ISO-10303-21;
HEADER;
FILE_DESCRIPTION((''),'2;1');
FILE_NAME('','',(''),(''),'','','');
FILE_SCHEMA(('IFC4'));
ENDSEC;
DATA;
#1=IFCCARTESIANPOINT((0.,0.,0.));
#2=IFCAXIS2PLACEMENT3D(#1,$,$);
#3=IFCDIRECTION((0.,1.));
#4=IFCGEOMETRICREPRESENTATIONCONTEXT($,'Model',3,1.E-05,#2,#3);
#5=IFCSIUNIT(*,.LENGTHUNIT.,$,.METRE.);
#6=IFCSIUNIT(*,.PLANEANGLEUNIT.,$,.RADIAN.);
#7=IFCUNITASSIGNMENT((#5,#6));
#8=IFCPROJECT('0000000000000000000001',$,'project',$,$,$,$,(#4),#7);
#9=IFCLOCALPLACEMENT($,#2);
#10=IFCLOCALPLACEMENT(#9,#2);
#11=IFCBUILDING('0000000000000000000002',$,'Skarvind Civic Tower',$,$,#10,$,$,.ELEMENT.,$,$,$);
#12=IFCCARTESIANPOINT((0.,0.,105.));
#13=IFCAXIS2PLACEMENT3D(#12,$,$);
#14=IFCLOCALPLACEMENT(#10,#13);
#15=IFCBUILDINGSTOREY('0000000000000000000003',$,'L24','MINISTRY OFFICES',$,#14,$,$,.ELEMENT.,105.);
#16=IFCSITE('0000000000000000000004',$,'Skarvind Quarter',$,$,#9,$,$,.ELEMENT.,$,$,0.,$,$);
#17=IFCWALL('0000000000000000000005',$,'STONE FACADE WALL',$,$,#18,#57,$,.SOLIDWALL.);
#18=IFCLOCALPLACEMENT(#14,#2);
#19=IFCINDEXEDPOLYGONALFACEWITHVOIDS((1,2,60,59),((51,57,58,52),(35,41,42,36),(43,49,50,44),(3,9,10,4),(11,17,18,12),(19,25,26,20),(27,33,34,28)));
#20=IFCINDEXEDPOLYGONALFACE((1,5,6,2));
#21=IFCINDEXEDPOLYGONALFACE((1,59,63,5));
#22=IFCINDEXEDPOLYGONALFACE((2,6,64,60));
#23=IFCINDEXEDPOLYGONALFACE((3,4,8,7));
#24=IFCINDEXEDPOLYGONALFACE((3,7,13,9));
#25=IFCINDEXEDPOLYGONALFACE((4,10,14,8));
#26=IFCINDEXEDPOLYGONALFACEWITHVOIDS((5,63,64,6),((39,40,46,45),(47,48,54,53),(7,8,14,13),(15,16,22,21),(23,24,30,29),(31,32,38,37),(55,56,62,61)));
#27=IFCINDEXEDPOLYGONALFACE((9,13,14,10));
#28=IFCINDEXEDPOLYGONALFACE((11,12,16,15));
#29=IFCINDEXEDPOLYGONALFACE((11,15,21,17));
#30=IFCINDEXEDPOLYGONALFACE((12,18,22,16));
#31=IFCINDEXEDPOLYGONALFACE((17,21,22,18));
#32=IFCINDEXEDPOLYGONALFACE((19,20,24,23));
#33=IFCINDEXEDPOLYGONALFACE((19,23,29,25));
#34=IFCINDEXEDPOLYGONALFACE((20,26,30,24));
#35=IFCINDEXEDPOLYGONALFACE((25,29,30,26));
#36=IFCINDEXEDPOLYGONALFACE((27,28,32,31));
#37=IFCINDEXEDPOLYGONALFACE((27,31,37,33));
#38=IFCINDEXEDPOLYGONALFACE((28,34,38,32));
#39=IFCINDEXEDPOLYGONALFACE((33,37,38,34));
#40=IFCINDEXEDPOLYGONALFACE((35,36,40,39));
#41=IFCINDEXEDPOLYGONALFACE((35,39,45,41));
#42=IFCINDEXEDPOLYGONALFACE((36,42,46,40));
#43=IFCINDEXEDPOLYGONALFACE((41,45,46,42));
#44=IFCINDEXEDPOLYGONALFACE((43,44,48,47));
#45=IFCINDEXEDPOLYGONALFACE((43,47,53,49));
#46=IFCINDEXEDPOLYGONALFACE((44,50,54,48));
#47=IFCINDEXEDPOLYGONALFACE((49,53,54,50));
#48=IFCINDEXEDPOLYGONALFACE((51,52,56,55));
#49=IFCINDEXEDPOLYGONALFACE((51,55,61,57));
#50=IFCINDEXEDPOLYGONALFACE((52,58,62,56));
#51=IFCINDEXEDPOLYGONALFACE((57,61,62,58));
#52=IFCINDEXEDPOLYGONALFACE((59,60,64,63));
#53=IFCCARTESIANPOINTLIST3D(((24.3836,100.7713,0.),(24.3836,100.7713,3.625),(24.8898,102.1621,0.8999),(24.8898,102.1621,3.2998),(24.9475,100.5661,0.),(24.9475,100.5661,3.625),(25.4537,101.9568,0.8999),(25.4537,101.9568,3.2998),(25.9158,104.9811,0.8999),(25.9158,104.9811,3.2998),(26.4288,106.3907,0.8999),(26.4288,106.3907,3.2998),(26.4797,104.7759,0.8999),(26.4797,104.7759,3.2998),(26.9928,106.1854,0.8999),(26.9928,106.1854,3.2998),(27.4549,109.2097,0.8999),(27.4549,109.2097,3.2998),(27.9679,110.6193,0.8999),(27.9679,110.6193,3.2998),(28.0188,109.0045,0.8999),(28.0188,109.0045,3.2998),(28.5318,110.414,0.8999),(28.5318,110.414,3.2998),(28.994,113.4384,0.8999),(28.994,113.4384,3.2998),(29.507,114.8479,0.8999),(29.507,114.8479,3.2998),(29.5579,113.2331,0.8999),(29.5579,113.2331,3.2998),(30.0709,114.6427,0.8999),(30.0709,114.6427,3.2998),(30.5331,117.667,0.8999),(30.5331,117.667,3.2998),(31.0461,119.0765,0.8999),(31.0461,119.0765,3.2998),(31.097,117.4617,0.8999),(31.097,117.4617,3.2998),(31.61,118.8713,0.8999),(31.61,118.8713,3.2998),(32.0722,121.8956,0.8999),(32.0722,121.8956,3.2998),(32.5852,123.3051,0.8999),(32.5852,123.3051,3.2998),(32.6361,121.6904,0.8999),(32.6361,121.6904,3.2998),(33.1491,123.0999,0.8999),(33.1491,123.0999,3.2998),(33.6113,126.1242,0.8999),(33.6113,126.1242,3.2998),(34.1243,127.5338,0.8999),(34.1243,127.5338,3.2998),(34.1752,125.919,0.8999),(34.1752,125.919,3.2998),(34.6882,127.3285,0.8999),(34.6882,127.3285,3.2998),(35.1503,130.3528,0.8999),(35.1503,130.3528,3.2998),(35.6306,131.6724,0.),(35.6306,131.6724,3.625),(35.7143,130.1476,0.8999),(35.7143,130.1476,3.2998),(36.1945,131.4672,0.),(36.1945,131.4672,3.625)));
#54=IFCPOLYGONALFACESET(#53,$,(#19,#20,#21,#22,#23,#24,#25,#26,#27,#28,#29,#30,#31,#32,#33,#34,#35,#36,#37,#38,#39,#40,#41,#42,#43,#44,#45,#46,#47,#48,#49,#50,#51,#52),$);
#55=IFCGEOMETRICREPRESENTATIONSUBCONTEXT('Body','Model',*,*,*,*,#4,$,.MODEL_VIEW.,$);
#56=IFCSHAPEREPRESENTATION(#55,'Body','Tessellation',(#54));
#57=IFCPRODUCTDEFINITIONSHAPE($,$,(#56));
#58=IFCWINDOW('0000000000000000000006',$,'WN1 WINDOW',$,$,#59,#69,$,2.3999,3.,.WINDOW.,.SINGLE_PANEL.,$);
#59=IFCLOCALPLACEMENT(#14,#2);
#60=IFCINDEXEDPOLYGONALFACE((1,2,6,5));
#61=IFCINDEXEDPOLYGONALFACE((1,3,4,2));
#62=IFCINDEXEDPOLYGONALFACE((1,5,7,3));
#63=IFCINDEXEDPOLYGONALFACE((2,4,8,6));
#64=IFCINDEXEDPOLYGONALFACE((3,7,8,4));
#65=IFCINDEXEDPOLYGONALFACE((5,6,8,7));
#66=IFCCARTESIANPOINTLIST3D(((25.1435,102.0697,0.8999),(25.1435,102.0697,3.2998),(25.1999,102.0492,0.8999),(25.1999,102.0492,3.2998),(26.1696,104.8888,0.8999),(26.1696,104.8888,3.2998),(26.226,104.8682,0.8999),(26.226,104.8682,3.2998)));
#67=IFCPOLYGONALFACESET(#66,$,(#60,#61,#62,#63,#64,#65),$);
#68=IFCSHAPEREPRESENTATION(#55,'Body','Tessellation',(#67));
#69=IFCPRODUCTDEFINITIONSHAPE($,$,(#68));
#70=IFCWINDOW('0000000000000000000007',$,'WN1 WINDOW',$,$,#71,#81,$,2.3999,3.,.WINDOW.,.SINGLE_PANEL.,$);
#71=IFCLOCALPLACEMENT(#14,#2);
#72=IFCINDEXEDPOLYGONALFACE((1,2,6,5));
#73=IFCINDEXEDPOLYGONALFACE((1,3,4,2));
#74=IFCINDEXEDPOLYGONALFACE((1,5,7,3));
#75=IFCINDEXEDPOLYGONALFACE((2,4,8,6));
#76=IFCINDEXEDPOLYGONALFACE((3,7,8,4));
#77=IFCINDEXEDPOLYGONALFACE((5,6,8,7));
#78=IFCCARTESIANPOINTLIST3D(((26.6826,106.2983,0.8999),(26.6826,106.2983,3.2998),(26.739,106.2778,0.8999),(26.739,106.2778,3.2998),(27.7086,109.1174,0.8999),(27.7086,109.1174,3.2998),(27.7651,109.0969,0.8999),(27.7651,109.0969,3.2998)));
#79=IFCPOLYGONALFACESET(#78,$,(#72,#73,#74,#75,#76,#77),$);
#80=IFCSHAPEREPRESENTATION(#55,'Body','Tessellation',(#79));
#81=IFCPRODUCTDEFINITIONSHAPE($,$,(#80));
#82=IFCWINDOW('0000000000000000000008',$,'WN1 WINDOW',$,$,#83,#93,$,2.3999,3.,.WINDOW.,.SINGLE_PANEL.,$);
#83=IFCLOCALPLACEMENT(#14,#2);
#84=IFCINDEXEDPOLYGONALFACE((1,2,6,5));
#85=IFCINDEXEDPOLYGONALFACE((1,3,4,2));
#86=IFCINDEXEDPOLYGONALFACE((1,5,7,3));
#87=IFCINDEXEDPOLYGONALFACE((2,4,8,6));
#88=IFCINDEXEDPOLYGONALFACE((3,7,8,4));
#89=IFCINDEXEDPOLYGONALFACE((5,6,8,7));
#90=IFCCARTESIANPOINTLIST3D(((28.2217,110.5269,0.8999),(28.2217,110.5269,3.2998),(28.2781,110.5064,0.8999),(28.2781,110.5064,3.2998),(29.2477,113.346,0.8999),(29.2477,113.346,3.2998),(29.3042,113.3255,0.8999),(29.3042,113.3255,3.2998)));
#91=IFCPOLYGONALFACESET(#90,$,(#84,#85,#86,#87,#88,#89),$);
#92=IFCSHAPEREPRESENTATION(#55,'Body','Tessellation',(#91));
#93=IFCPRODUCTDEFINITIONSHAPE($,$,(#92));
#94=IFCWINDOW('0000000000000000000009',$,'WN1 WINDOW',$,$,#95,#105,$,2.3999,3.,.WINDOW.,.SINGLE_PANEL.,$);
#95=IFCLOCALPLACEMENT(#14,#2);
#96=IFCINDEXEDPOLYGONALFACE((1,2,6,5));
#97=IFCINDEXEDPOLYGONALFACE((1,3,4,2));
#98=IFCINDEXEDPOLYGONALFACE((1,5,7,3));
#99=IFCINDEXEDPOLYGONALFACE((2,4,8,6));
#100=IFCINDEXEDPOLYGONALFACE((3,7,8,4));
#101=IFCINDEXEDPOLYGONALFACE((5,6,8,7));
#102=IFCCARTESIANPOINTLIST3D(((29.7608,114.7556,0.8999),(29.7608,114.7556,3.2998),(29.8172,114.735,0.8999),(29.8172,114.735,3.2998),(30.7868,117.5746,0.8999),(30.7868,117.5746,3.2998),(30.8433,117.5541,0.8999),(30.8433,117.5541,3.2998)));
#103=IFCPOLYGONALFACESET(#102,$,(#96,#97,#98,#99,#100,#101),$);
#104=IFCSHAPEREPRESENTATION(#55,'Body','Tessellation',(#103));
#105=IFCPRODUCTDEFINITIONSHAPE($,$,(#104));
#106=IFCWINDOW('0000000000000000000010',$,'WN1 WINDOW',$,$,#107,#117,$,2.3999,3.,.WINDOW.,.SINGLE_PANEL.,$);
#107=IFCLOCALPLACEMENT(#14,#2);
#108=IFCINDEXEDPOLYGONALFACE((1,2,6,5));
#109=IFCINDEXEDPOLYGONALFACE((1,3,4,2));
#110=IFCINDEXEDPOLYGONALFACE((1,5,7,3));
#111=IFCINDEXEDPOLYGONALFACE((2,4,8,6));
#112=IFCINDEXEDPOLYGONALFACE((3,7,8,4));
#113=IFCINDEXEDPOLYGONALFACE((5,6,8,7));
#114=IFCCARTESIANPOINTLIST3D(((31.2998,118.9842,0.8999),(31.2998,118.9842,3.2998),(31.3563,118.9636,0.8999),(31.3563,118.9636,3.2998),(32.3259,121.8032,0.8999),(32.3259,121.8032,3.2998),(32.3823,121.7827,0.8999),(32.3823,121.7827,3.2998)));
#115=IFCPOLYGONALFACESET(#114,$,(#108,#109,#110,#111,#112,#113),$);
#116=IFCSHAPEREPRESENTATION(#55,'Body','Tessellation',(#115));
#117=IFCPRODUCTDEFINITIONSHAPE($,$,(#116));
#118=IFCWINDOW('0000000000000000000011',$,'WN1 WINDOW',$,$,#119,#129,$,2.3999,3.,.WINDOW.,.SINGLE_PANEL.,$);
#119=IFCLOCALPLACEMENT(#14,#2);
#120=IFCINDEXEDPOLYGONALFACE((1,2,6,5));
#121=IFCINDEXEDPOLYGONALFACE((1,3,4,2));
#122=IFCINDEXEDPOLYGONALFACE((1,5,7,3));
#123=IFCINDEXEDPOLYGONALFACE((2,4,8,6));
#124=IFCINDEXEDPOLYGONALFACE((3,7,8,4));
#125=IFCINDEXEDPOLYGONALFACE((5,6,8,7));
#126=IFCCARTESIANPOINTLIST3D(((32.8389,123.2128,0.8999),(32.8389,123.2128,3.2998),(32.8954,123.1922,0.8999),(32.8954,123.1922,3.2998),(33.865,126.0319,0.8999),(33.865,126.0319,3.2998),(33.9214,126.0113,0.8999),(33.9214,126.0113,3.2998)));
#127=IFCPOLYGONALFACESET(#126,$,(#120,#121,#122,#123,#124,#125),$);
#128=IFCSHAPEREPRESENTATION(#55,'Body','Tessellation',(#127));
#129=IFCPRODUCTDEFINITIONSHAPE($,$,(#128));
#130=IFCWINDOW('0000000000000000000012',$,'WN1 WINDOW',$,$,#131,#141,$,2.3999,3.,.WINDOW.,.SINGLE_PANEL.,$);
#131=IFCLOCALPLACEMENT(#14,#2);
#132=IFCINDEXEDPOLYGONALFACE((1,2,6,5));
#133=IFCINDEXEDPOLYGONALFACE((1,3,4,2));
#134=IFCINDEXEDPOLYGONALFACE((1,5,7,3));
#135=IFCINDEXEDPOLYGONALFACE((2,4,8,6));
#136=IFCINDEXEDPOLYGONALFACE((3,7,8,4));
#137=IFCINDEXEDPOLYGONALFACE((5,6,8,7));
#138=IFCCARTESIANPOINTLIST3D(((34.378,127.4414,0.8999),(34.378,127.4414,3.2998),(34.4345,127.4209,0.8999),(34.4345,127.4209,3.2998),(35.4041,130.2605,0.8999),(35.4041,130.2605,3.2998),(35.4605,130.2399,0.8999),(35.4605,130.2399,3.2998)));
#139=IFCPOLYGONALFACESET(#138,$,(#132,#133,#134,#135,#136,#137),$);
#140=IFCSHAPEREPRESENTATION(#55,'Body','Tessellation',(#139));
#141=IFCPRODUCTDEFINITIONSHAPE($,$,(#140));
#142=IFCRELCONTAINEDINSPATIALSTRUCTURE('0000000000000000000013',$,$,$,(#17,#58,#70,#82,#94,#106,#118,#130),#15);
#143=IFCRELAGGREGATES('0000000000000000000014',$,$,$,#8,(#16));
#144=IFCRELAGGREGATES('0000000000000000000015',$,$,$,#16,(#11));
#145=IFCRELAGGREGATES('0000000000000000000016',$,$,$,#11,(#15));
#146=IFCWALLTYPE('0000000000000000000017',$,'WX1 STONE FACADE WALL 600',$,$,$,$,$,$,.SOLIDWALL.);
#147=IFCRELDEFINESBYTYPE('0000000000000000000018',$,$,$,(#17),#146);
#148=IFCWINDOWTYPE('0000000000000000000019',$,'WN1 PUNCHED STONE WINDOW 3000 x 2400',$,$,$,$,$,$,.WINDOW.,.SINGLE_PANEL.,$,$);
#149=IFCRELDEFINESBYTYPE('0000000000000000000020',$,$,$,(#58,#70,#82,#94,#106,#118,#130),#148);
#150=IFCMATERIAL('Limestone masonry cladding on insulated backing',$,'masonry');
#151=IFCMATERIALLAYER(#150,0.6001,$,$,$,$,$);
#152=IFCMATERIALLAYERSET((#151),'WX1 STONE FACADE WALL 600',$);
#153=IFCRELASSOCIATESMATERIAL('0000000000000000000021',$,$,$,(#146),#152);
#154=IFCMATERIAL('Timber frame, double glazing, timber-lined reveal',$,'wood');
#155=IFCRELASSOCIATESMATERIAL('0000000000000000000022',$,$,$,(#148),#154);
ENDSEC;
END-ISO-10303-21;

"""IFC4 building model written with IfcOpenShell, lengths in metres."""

from ifc_helpers import new_model, si_unit, direction, frame, frame_2d, origin, place, context, subcontext, project, spatial, rectangle, extrude, material, layer, layer_set, type_object, element, fill, save


model = new_model("IFC4")

# Units and contexts
model_context = context("Model", 3, precision=1e-05, world=origin(), true_north=direction((0.0, 1.0)))
body_context = subcontext(model_context, "Body", "Model", "MODEL_VIEW")
ifc_project = project(units=[si_unit("LENGTHUNIT", "METRE"), si_unit("PLANEANGLEUNIT", "RADIAN")], contexts=[model_context])

# Site, building, storey
site_placement = place(None, origin())
site = spatial("IfcSite", under=ifc_project, at=site_placement, Name="Skarvind Quarter", CompositionType="ELEMENT", RefElevation=0.0)
building_placement = place(site_placement, origin())
building = spatial("IfcBuilding", under=site, at=building_placement, Name="Skarvind Civic Tower", CompositionType="ELEMENT")
storey_placement = place(building_placement, frame((0.0, 0.0, 105.0)))
storey = spatial("IfcBuildingStorey", under=building, at=storey_placement, Name="L24", Description="MINISTRY OFFICES", CompositionType="ELEMENT", Elevation=105.0)

# Wall, openings, windows
ifc_material_1 = material(Name="Limestone masonry cladding on insulated backing", Category="masonry")
ifc_layer_1 = layer(ifc_material_1, 0.6001)
ifc_layer_set_1 = layer_set([ifc_layer_1], Name="WX1 STONE FACADE WALL 600")
wall_type_1 = type_object("IfcWallType", Name="WX1 STONE FACADE WALL 600", PredefinedType="SOLIDWALL", material=ifc_layer_set_1)
wall_1_placement = place(storey_placement, frame((24.6655, 100.6687, 0.0), z_axis=(0.0, 0.0, 1.0), x_axis=(0.34202, 0.939693, 0.0)))
wall_1 = element("IfcWall", 1, at=wall_1_placement, inside=storey, type_object=wall_type_1, Name="STONE FACADE WALL", PredefinedType="SOLIDWALL", context=body_context, shape_type="SweptSolid", body=[
    extrude(rectangle(XDim=32.8843, YDim=0.6001, at=frame_2d((16.4421, 0.0))), origin(), (0.0, 0.0, 1.0), 3.625),
])
opening_1_placement = place(wall_1_placement, frame((1.48, 0.0, 0.8999)))
opening_1 = element("IfcOpeningElement", 2, at=opening_1_placement, cuts=wall_1, PredefinedType="OPENING", context=body_context, shape_type="SweptSolid", body=[
    extrude(rectangle(XDim=3.0, YDim=2.3999, at=frame_2d((1.5, 1.2))), frame((0.0, 0.3101, 0.0), z_axis=(0.0, -1.0, 0.0), x_axis=(1.0, 0.0, 0.0)), (0.0, 0.0, 1.0), 0.6201),
])
opening_2_placement = place(wall_1_placement, frame((5.98, 0.0, 0.8999)))
opening_2 = element("IfcOpeningElement", 3, at=opening_2_placement, cuts=wall_1, PredefinedType="OPENING", context=body_context, shape_type="SweptSolid", body=[
    extrude(rectangle(XDim=3.0, YDim=2.3999, at=frame_2d((1.5, 1.2))), frame((0.0, 0.3101, 0.0), z_axis=(0.0, -1.0, 0.0), x_axis=(1.0, 0.0, 0.0)), (0.0, 0.0, 1.0), 0.6201),
])
opening_3_placement = place(wall_1_placement, frame((10.48, 0.0, 0.8999)))
opening_3 = element("IfcOpeningElement", 4, at=opening_3_placement, cuts=wall_1, PredefinedType="OPENING", context=body_context, shape_type="SweptSolid", body=[
    extrude(rectangle(XDim=3.0, YDim=2.3999, at=frame_2d((1.5, 1.2))), frame((0.0, 0.3101, 0.0), z_axis=(0.0, -1.0, 0.0), x_axis=(1.0, 0.0, 0.0)), (0.0, 0.0, 1.0), 0.6201),
])
opening_4_placement = place(wall_1_placement, frame((14.98, 0.0, 0.8999)))
opening_4 = element("IfcOpeningElement", 5, at=opening_4_placement, cuts=wall_1, PredefinedType="OPENING", context=body_context, shape_type="SweptSolid", body=[
    extrude(rectangle(XDim=3.0, YDim=2.3999, at=frame_2d((1.5, 1.2))), frame((0.0, 0.3101, 0.0), z_axis=(0.0, -1.0, 0.0), x_axis=(1.0, 0.0, 0.0)), (0.0, 0.0, 1.0), 0.6201),
])
opening_5_placement = place(wall_1_placement, frame((19.48, 0.0, 0.8999)))
opening_5 = element("IfcOpeningElement", 6, at=opening_5_placement, cuts=wall_1, PredefinedType="OPENING", context=body_context, shape_type="SweptSolid", body=[
    extrude(rectangle(XDim=3.0, YDim=2.3999, at=frame_2d((1.5, 1.2))), frame((0.0, 0.3101, 0.0), z_axis=(0.0, -1.0, 0.0), x_axis=(1.0, 0.0, 0.0)), (0.0, 0.0, 1.0), 0.6201),
])
opening_6_placement = place(wall_1_placement, frame((23.98, 0.0, 0.8999)))
opening_6 = element("IfcOpeningElement", 7, at=opening_6_placement, cuts=wall_1, PredefinedType="OPENING", context=body_context, shape_type="SweptSolid", body=[
    extrude(rectangle(XDim=3.0, YDim=2.3999, at=frame_2d((1.5, 1.2))), frame((0.0, 0.3101, 0.0), z_axis=(0.0, -1.0, 0.0), x_axis=(1.0, 0.0, 0.0)), (0.0, 0.0, 1.0), 0.6201),
])
opening_7_placement = place(wall_1_placement, frame((28.48, 0.0, 0.8999)))
opening_7 = element("IfcOpeningElement", 8, at=opening_7_placement, cuts=wall_1, PredefinedType="OPENING", context=body_context, shape_type="SweptSolid", body=[
    extrude(rectangle(XDim=3.0, YDim=2.3999, at=frame_2d((1.5, 1.2))), frame((0.0, 0.3101, 0.0), z_axis=(0.0, -1.0, 0.0), x_axis=(1.0, 0.0, 0.0)), (0.0, 0.0, 1.0), 0.6201),
])
ifc_material_2 = material(Name="Timber frame, double glazing, timber-lined reveal", Category="wood")
window_type = type_object("IfcWindowType", Name="WN1 PUNCHED STONE WINDOW 3000 x 2400", PartitioningType="SINGLE_PANEL", PredefinedType="WINDOW", material=ifc_material_2)
window_1_placement = place(opening_1_placement, origin())
window_1 = element("IfcWindow", 9, at=window_1_placement, inside=storey, type_object=window_type, Name="WN1 WINDOW", OverallHeight=2.3999, OverallWidth=3.0, PartitioningType="SINGLE_PANEL", PredefinedType="WINDOW", context=body_context, shape_type="SweptSolid", body=[
    extrude(rectangle(XDim=3.0, YDim=2.3999, at=frame_2d((1.5, 1.2))), frame((0.0, 0.03, 0.0), z_axis=(0.0, -1.0, 0.0), x_axis=(1.0, 0.0, 0.0)), (0.0, 0.0, 1.0), 0.0601),
])
fill(opening_1, window_1)
window_2_placement = place(opening_2_placement, origin())
window_2 = element("IfcWindow", 10, at=window_2_placement, inside=storey, type_object=window_type, Name="WN1 WINDOW", OverallHeight=2.3999, OverallWidth=3.0, PartitioningType="SINGLE_PANEL", PredefinedType="WINDOW", context=body_context, shape_type="SweptSolid", body=[
    extrude(rectangle(XDim=3.0, YDim=2.3999, at=frame_2d((1.5, 1.2))), frame((0.0, 0.03, 0.0), z_axis=(0.0, -1.0, 0.0), x_axis=(1.0, 0.0, 0.0)), (0.0, 0.0, 1.0), 0.0601),
])
fill(opening_2, window_2)
window_3_placement = place(opening_3_placement, origin())
window_3 = element("IfcWindow", 11, at=window_3_placement, inside=storey, type_object=window_type, Name="WN1 WINDOW", OverallHeight=2.3999, OverallWidth=3.0, PartitioningType="SINGLE_PANEL", PredefinedType="WINDOW", context=body_context, shape_type="SweptSolid", body=[
    extrude(rectangle(XDim=3.0, YDim=2.3999, at=frame_2d((1.5, 1.2))), frame((0.0, 0.03, 0.0), z_axis=(0.0, -1.0, 0.0), x_axis=(1.0, 0.0, 0.0)), (0.0, 0.0, 1.0), 0.0601),
])
fill(opening_3, window_3)
window_4_placement = place(opening_4_placement, origin())
window_4 = element("IfcWindow", 12, at=window_4_placement, inside=storey, type_object=window_type, Name="WN1 WINDOW", OverallHeight=2.3999, OverallWidth=3.0, PartitioningType="SINGLE_PANEL", PredefinedType="WINDOW", context=body_context, shape_type="SweptSolid", body=[
    extrude(rectangle(XDim=3.0, YDim=2.3999, at=frame_2d((1.5, 1.2))), frame((0.0, 0.03, 0.0), z_axis=(0.0, -1.0, 0.0), x_axis=(1.0, 0.0, 0.0)), (0.0, 0.0, 1.0), 0.0601),
])
fill(opening_4, window_4)
window_5_placement = place(opening_5_placement, origin())
window_5 = element("IfcWindow", 13, at=window_5_placement, inside=storey, type_object=window_type, Name="WN1 WINDOW", OverallHeight=2.3999, OverallWidth=3.0, PartitioningType="SINGLE_PANEL", PredefinedType="WINDOW", context=body_context, shape_type="SweptSolid", body=[
    extrude(rectangle(XDim=3.0, YDim=2.3999, at=frame_2d((1.5, 1.2))), frame((0.0, 0.03, 0.0), z_axis=(0.0, -1.0, 0.0), x_axis=(1.0, 0.0, 0.0)), (0.0, 0.0, 1.0), 0.0601),
])
fill(opening_5, window_5)
window_6_placement = place(opening_6_placement, origin())
window_6 = element("IfcWindow", 14, at=window_6_placement, inside=storey, type_object=window_type, Name="WN1 WINDOW", OverallHeight=2.3999, OverallWidth=3.0, PartitioningType="SINGLE_PANEL", PredefinedType="WINDOW", context=body_context, shape_type="SweptSolid", body=[
    extrude(rectangle(XDim=3.0, YDim=2.3999, at=frame_2d((1.5, 1.2))), frame((0.0, 0.03, 0.0), z_axis=(0.0, -1.0, 0.0), x_axis=(1.0, 0.0, 0.0)), (0.0, 0.0, 1.0), 0.0601),
])
fill(opening_6, window_6)
window_7_placement = place(opening_7_placement, origin())
window_7 = element("IfcWindow", 15, at=window_7_placement, inside=storey, type_object=window_type, Name="WN1 WINDOW", OverallHeight=2.3999, OverallWidth=3.0, PartitioningType="SINGLE_PANEL", PredefinedType="WINDOW", context=body_context, shape_type="SweptSolid", body=[
    extrude(rectangle(XDim=3.0, YDim=2.3999, at=frame_2d((1.5, 1.2))), frame((0.0, 0.03, 0.0), z_axis=(0.0, -1.0, 0.0), x_axis=(1.0, 0.0, 0.0)), (0.0, 0.0, 1.0), 0.0601),
])
fill(opening_7, window_7)

save(model, "model.ifc")
